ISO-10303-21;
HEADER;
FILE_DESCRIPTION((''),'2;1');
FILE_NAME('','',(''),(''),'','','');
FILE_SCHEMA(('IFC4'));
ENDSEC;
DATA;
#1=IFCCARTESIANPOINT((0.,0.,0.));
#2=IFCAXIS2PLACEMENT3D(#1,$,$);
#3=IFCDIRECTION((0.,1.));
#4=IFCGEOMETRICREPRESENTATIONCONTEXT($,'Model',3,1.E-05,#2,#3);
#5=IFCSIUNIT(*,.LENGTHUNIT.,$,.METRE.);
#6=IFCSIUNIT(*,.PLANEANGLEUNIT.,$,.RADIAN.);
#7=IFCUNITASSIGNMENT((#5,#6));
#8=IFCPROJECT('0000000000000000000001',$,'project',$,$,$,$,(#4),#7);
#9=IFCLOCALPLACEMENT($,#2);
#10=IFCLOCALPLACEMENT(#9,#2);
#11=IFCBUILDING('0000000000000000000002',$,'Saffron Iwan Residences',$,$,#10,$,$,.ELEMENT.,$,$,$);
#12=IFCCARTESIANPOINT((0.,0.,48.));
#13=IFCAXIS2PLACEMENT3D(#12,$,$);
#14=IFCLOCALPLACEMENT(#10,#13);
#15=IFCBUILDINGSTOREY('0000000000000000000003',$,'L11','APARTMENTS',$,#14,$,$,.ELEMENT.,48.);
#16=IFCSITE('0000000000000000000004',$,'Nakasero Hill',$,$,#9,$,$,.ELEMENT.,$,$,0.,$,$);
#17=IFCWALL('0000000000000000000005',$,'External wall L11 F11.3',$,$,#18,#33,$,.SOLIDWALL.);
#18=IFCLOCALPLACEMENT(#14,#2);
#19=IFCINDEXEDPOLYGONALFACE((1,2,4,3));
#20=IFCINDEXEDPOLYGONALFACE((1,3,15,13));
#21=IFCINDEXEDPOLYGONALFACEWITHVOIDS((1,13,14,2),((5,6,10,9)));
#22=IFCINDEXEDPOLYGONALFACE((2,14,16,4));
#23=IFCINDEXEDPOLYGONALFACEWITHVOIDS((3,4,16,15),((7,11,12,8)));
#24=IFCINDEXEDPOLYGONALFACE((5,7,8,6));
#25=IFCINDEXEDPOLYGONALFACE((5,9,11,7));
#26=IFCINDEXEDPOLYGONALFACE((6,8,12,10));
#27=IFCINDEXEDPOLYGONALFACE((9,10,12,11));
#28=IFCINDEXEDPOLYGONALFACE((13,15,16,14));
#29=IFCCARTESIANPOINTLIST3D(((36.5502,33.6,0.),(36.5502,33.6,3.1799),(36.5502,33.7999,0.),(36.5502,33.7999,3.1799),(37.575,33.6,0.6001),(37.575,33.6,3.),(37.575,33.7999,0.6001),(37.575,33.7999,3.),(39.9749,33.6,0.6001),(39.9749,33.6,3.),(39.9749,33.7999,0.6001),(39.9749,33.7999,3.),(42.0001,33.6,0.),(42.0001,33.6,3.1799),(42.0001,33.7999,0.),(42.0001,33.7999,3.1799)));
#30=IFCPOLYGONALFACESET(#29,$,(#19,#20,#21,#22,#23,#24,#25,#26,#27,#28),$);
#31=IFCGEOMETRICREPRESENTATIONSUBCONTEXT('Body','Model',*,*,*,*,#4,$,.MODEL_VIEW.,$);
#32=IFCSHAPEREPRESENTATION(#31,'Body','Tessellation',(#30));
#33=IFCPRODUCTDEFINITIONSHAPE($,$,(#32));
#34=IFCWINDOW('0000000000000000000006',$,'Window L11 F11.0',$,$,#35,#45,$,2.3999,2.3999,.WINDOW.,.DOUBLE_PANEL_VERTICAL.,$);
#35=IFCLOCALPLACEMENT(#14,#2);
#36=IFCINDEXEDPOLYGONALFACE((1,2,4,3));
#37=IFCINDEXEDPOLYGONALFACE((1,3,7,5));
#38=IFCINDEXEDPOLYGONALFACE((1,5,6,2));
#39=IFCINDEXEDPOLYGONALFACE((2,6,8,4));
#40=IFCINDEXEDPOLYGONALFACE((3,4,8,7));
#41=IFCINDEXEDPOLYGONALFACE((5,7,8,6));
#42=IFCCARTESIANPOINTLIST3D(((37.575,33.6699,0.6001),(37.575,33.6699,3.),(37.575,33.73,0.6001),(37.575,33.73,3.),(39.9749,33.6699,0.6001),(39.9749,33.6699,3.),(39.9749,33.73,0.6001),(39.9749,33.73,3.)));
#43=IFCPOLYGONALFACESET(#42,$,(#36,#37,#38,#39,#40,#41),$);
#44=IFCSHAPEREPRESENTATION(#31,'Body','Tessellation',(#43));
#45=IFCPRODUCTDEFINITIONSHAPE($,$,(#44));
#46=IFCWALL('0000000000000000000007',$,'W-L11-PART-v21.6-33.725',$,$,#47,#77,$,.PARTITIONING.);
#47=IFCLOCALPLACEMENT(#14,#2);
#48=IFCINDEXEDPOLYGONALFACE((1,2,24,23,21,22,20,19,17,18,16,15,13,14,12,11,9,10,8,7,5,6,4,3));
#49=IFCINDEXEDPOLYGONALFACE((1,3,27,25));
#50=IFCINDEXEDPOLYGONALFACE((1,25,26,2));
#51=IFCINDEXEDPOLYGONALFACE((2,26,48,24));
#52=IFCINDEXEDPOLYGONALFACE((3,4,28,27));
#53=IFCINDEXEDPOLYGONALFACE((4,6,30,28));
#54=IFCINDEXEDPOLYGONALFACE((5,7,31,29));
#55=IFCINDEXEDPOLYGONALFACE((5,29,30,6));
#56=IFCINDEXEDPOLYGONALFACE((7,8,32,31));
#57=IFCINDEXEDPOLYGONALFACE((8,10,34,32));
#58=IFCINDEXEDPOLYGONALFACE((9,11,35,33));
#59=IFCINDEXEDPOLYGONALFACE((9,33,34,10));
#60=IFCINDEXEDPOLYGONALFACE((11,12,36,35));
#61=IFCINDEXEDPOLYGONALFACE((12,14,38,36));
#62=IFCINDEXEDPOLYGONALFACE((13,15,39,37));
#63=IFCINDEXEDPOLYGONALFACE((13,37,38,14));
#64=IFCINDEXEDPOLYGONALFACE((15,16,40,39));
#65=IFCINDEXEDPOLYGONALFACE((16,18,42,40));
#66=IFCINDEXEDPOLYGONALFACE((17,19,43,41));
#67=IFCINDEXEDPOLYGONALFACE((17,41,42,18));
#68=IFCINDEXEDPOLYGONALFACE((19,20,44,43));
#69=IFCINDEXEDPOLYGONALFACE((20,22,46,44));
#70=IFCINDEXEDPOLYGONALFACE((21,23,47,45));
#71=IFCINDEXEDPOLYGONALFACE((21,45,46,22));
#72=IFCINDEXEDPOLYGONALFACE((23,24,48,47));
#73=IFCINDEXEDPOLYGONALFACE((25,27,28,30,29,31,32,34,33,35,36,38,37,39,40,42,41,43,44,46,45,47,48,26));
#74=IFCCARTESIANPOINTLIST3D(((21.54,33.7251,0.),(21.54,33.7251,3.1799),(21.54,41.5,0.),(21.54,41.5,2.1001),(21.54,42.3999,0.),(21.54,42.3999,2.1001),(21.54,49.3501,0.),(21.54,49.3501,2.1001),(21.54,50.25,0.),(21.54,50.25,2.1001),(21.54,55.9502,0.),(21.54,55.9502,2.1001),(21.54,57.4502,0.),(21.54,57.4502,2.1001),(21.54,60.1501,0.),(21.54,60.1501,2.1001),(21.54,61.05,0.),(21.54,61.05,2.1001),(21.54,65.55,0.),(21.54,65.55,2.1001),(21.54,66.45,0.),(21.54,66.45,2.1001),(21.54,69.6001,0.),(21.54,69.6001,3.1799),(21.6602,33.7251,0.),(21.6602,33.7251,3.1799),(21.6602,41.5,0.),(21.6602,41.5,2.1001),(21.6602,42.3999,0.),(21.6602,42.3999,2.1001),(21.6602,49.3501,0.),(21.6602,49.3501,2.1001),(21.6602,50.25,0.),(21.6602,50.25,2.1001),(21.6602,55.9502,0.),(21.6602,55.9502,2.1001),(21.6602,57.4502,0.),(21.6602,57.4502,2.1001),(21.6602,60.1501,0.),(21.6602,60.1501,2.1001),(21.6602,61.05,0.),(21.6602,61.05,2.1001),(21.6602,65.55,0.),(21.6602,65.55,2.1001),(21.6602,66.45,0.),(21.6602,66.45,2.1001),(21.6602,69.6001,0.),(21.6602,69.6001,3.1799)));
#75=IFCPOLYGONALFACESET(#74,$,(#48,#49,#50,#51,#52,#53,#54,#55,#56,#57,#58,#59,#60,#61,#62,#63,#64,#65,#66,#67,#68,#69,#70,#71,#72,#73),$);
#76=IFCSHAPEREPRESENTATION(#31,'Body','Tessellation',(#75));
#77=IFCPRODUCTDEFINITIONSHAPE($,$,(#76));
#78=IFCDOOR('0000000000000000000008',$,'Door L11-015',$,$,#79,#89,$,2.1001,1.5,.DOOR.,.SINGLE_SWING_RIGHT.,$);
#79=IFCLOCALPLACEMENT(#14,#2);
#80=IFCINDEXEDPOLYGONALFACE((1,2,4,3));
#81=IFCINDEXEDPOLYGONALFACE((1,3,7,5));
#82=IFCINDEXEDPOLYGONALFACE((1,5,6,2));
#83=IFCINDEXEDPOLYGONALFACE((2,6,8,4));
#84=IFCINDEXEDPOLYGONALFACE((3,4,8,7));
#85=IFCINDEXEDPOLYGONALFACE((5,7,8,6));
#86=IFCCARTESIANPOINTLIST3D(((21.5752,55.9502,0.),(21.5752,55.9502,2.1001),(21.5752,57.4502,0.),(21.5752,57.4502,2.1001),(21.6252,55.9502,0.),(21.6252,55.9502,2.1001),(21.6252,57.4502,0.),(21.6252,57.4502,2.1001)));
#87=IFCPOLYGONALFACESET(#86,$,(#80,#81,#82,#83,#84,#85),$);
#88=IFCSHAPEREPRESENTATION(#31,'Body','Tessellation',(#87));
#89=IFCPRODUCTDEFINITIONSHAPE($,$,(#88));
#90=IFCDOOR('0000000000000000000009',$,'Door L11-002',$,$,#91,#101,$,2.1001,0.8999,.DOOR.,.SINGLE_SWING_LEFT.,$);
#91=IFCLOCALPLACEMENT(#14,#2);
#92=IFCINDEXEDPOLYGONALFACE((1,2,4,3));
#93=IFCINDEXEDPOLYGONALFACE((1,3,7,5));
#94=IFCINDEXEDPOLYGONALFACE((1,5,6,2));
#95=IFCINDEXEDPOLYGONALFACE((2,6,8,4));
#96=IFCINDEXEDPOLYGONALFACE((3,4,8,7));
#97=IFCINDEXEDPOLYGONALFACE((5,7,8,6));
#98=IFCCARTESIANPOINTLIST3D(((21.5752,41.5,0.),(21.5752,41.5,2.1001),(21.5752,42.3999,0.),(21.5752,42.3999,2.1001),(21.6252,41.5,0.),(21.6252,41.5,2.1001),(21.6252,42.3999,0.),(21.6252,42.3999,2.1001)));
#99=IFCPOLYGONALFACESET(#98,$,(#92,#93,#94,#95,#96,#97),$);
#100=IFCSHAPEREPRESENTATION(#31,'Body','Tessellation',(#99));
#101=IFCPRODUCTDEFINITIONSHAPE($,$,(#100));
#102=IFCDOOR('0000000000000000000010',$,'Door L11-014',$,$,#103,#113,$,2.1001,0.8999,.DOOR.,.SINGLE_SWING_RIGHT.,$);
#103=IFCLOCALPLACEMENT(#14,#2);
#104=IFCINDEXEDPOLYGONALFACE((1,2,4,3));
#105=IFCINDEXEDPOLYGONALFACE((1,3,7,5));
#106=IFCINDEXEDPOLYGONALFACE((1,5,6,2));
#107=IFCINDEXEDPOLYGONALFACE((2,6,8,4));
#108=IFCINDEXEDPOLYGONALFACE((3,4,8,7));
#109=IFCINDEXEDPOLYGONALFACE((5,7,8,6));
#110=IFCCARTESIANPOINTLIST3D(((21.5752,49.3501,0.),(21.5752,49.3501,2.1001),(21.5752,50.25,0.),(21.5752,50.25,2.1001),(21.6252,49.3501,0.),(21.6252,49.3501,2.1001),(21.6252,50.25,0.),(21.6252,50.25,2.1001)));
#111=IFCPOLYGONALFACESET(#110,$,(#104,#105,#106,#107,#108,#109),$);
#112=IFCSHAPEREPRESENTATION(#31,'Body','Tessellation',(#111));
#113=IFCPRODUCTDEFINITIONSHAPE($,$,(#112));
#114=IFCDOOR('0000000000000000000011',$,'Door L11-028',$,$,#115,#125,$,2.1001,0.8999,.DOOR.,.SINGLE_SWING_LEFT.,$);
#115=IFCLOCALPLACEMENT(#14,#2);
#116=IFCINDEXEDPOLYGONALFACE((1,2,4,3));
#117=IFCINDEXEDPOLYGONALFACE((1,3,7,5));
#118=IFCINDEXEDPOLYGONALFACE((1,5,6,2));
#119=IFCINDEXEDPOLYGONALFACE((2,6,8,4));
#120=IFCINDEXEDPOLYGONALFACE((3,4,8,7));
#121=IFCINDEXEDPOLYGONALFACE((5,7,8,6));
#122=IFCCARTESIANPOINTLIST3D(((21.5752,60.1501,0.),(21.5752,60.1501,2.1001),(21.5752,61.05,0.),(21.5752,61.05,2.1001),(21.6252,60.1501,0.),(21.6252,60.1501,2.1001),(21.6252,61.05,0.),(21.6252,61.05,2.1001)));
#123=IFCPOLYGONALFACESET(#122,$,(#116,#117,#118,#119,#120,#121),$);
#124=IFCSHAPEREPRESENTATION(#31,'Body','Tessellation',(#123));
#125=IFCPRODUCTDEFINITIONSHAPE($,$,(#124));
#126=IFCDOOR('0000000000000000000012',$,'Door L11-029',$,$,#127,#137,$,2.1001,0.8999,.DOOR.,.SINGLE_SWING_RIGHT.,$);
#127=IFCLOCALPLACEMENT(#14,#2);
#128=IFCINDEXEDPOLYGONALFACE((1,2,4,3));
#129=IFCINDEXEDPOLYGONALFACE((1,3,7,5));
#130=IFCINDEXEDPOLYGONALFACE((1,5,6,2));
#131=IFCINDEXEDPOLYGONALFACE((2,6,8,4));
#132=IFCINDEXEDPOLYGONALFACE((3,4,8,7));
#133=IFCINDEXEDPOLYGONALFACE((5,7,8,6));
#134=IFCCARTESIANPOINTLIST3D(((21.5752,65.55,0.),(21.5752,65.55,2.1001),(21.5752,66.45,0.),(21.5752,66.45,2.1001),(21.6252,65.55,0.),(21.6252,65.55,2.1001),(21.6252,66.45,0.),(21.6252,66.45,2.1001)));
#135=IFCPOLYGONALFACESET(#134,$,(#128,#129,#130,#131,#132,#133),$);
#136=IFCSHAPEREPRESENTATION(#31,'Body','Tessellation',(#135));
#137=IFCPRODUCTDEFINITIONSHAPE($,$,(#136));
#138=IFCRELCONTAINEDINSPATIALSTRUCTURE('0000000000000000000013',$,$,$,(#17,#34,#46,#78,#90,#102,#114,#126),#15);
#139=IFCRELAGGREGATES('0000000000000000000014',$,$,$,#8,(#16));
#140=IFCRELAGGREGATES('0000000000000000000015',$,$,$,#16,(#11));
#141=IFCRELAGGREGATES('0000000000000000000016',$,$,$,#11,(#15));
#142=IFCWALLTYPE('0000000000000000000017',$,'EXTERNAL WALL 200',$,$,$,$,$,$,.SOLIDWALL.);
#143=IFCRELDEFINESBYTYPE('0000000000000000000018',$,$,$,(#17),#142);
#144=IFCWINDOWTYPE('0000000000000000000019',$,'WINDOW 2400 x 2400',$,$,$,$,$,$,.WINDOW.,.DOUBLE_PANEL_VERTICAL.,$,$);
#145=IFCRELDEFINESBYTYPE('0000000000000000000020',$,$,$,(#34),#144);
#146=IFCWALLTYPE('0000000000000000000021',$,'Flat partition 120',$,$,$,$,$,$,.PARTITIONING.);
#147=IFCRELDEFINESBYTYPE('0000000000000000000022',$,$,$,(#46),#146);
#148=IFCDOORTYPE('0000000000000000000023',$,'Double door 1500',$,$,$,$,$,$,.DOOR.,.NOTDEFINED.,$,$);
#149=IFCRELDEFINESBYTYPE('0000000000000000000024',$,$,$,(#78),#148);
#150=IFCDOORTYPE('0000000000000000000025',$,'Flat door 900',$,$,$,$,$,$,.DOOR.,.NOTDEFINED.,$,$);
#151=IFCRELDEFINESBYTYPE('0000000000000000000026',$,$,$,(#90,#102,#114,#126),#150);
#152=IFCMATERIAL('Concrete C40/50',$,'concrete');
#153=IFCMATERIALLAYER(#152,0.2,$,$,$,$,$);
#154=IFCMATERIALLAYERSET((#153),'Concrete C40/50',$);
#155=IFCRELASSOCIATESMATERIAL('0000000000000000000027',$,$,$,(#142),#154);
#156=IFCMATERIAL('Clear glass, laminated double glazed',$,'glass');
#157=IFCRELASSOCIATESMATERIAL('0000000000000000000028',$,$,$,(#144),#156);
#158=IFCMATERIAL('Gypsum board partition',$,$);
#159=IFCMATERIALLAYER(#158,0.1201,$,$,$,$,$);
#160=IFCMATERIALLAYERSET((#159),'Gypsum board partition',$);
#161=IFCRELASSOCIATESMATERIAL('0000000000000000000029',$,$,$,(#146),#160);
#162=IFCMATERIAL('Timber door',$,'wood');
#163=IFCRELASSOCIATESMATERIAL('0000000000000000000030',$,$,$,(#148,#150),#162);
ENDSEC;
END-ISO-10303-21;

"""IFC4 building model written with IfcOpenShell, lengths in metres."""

from ifc_helpers import new_model, si_unit, direction, frame, frame_2d, origin, place, context, subcontext, project, spatial, rectangle, extrude, material, layer, layer_set, type_object, element, fill, save


model = new_model("IFC4")

# Units and contexts
model_context = context("Model", 3, precision=1e-05, world=origin(), true_north=direction((0.0, 1.0)))
body_context = subcontext(model_context, "Body", "Model", "MODEL_VIEW")
ifc_project = project(units=[si_unit("LENGTHUNIT", "METRE"), si_unit("PLANEANGLEUNIT", "RADIAN")], contexts=[model_context])

# Site, building, storey
site_placement = place(None, origin())
site = spatial("IfcSite", under=ifc_project, at=site_placement, Name="Nakasero Hill", CompositionType="ELEMENT", RefElevation=0.0)
building_placement = place(site_placement, origin())
building = spatial("IfcBuilding", under=site, at=building_placement, Name="Saffron Iwan Residences", CompositionType="ELEMENT")
storey_placement = place(building_placement, frame((0.0, 0.0, 48.0)))
storey = spatial("IfcBuildingStorey", under=building, at=storey_placement, Name="L11", Description="APARTMENTS", CompositionType="ELEMENT", Elevation=48.0)

# Shared definitions
ifc_material_1 = material(Name="Concrete C40/50", Category="concrete")
ifc_layer_1 = layer(ifc_material_1, 0.2)
ifc_layer_set_1 = layer_set([ifc_layer_1], Name="Concrete C40/50")
wall_type_1 = type_object("IfcWallType", Name="EXTERNAL WALL 200", PredefinedType="SOLIDWALL", material=ifc_layer_set_1)
ifc_material_2 = material(Name="Clear glass, laminated double glazed", Category="glass")

# Wall, opening, window
wall_1_placement = place(storey_placement, frame((36.55, 33.7, 0.0), z_axis=(0.0, 0.0, 1.0), x_axis=(1.0, 0.0, 0.0)))
wall_1 = element("IfcWall", 1, at=wall_1_placement, inside=storey, type_object=wall_type_1, Name="External wall L11 F11.3", PredefinedType="SOLIDWALL", context=body_context, shape_type="SweptSolid", body=[
    extrude(rectangle(XDim=5.45, YDim=0.2, at=frame_2d((2.7251, 0.0))), origin(), (0.0, 0.0, 1.0), 3.1799),
])
opening_1_placement = place(wall_1_placement, frame((1.0249, 0.0, 0.6001)))
opening_1 = element("IfcOpeningElement", 2, at=opening_1_placement, cuts=wall_1, PredefinedType="OPENING", context=body_context, shape_type="SweptSolid", body=[
    extrude(rectangle(XDim=2.3999, YDim=2.3999, at=frame_2d((1.2, 1.2))), frame((0.0, 0.1099, 0.0), z_axis=(0.0, -1.0, 0.0), x_axis=(1.0, 0.0, 0.0)), (0.0, 0.0, 1.0), 0.22),
])
window_type_1 = type_object("IfcWindowType", Name="WINDOW 2400 x 2400", PartitioningType="DOUBLE_PANEL_VERTICAL", PredefinedType="WINDOW", material=ifc_material_2)
window_1_placement = place(opening_1_placement, origin())
window_1 = element("IfcWindow", 3, at=window_1_placement, inside=storey, type_object=window_type_1, Name="Window L11 F11.0", OverallHeight=2.3999, OverallWidth=2.3999, PartitioningType="DOUBLE_PANEL_VERTICAL", PredefinedType="WINDOW", context=body_context, shape_type="SweptSolid", body=[
    extrude(rectangle(XDim=2.3999, YDim=2.3999, at=frame_2d((1.2, 1.2))), frame((0.0, 0.03, 0.0), z_axis=(0.0, -1.0, 0.0), x_axis=(1.0, 0.0, 0.0)), (0.0, 0.0, 1.0), 0.0601),
])
fill(opening_1, window_1)

# Wall, openings, doors
ifc_material_3 = material(Name="Gypsum board partition")
ifc_layer_2 = layer(ifc_material_3, 0.1201)
ifc_layer_set_2 = layer_set([ifc_layer_2], Name="Gypsum board partition")
wall_type_2 = type_object("IfcWallType", Name="Flat partition 120", PredefinedType="PARTITIONING", material=ifc_layer_set_2)
wall_2_placement = place(storey_placement, frame((21.6001, 33.7251, 0.0), z_axis=(0.0, 0.0, 1.0), x_axis=(0.0, 1.0, 0.0)))
wall_2 = element("IfcWall", 4, at=wall_2_placement, inside=storey, type_object=wall_type_2, Name="W-L11-PART-v21.6-33.725", PredefinedType="PARTITIONING", context=body_context, shape_type="SweptSolid", body=[
    extrude(rectangle(XDim=35.875, YDim=0.1201, at=frame_2d((17.9375, 0.0))), origin(), (0.0, 0.0, 1.0), 3.1799),
])
opening_2_placement = place(wall_2_placement, frame((7.7749, 0.0, 0.0)))
opening_2 = element("IfcOpeningElement", 5, at=opening_2_placement, cuts=wall_2, PredefinedType="OPENING", context=body_context, shape_type="SweptSolid", body=[
    extrude(rectangle(XDim=0.8999, YDim=2.1001, at=frame_2d((0.45, 1.05))), frame((0.0, 0.0701, 0.0), z_axis=(0.0, -1.0, 0.0), x_axis=(1.0, 0.0, 0.0)), (0.0, 0.0, 1.0), 0.1401),
])
opening_3_placement = place(wall_2_placement, frame((15.625, 0.0, 0.0)))
opening_3 = element("IfcOpeningElement", 6, at=opening_3_placement, cuts=wall_2, PredefinedType="OPENING", context=body_context, shape_type="SweptSolid", body=[
    extrude(rectangle(XDim=0.8999, YDim=2.1001, at=frame_2d((0.45, 1.05))), frame((0.0, 0.0701, 0.0), z_axis=(0.0, -1.0, 0.0), x_axis=(1.0, 0.0, 0.0)), (0.0, 0.0, 1.0), 0.1401),
])
opening_4_placement = place(wall_2_placement, frame((22.2251, 0.0, 0.0)))
opening_4 = element("IfcOpeningElement", 7, at=opening_4_placement, cuts=wall_2, PredefinedType="OPENING", context=body_context, shape_type="SweptSolid", body=[
    extrude(rectangle(XDim=1.5, YDim=2.1001, at=frame_2d((0.75, 1.05))), frame((0.0, 0.0701, 0.0), z_axis=(0.0, -1.0, 0.0), x_axis=(1.0, 0.0, 0.0)), (0.0, 0.0, 1.0), 0.1401),
])
opening_5_placement = place(wall_2_placement, frame((26.425, 0.0, 0.0)))
opening_5 = element("IfcOpeningElement", 8, at=opening_5_placement, cuts=wall_2, PredefinedType="OPENING", context=body_context, shape_type="SweptSolid", body=[
    extrude(rectangle(XDim=0.8999, YDim=2.1001, at=frame_2d((0.45, 1.05))), frame((0.0, 0.0701, 0.0), z_axis=(0.0, -1.0, 0.0), x_axis=(1.0, 0.0, 0.0)), (0.0, 0.0, 1.0), 0.1401),
])
opening_6_placement = place(wall_2_placement, frame((31.825, 0.0, 0.0)))
opening_6 = element("IfcOpeningElement", 9, at=opening_6_placement, cuts=wall_2, PredefinedType="OPENING", context=body_context, shape_type="SweptSolid", body=[
    extrude(rectangle(XDim=0.8999, YDim=2.1001, at=frame_2d((0.45, 1.05))), frame((0.0, 0.0701, 0.0), z_axis=(0.0, -1.0, 0.0), x_axis=(1.0, 0.0, 0.0)), (0.0, 0.0, 1.0), 0.1401),
])
ifc_material_4 = material(Name="Timber door", Category="wood")
door_type_1 = type_object("IfcDoorType", Name="Double door 1500", OperationType="NOTDEFINED", PredefinedType="DOOR", material=ifc_material_4)
door_1_placement = place(opening_4_placement, origin())
door_1 = element("IfcDoor", 10, at=door_1_placement, inside=storey, type_object=door_type_1, Name="Door L11-015", OperationType="SINGLE_SWING_RIGHT", OverallHeight=2.1001, OverallWidth=1.5, PredefinedType="DOOR", context=body_context, shape_type="SweptSolid", body=[
    extrude(rectangle(XDim=1.5, YDim=2.1001, at=frame_2d((0.75, 1.05))), frame((0.0, 0.0249, 0.0), z_axis=(0.0, -1.0, 0.0), x_axis=(1.0, 0.0, 0.0)), (0.0, 0.0, 1.0), 0.05),
])
fill(opening_4, door_1)
door_type_2 = type_object("IfcDoorType", Name="Flat door 900", OperationType="NOTDEFINED", PredefinedType="DOOR", material=ifc_material_4)
door_2_placement = place(opening_2_placement, origin())
door_2 = element("IfcDoor", 11, at=door_2_placement, inside=storey, type_object=door_type_2, Name="Door L11-002", OperationType="SINGLE_SWING_LEFT", OverallHeight=2.1001, OverallWidth=0.8999, PredefinedType="DOOR", context=body_context, shape_type="SweptSolid", body=[
    extrude(rectangle(XDim=0.8999, YDim=2.1001, at=frame_2d((0.45, 1.05))), frame((0.0, 0.0249, 0.0), z_axis=(0.0, -1.0, 0.0), x_axis=(1.0, 0.0, 0.0)), (0.0, 0.0, 1.0), 0.05),
])
fill(opening_2, door_2)
door_3_placement = place(opening_3_placement, origin())
door_3 = element("IfcDoor", 12, at=door_3_placement, inside=storey, type_object=door_type_2, Name="Door L11-014", OperationType="SINGLE_SWING_RIGHT", OverallHeight=2.1001, OverallWidth=0.8999, PredefinedType="DOOR", context=body_context, shape_type="SweptSolid", body=[
    extrude(rectangle(XDim=0.8999, YDim=2.1001, at=frame_2d((0.45, 1.05))), frame((0.0, 0.0249, 0.0), z_axis=(0.0, -1.0, 0.0), x_axis=(1.0, 0.0, 0.0)), (0.0, 0.0, 1.0), 0.05),
])
fill(opening_3, door_3)
door_4_placement = place(opening_5_placement, origin())
door_4 = element("IfcDoor", 13, at=door_4_placement, inside=storey, type_object=door_type_2, Name="Door L11-028", OperationType="SINGLE_SWING_LEFT", OverallHeight=2.1001, OverallWidth=0.8999, PredefinedType="DOOR", context=body_context, shape_type="SweptSolid", body=[
    extrude(rectangle(XDim=0.8999, YDim=2.1001, at=frame_2d((0.45, 1.05))), frame((0.0, 0.0249, 0.0), z_axis=(0.0, -1.0, 0.0), x_axis=(1.0, 0.0, 0.0)), (0.0, 0.0, 1.0), 0.05),
])
fill(opening_5, door_4)
door_5_placement = place(opening_6_placement, origin())
door_5 = element("IfcDoor", 14, at=door_5_placement, inside=storey, type_object=door_type_2, Name="Door L11-029", OperationType="SINGLE_SWING_RIGHT", OverallHeight=2.1001, OverallWidth=0.8999, PredefinedType="DOOR", context=body_context, shape_type="SweptSolid", body=[
    extrude(rectangle(XDim=0.8999, YDim=2.1001, at=frame_2d((0.45, 1.05))), frame((0.0, 0.0249, 0.0), z_axis=(0.0, -1.0, 0.0), x_axis=(1.0, 0.0, 0.0)), (0.0, 0.0, 1.0), 0.05),
])
fill(opening_6, door_5)

save(model, "model.ifc")
